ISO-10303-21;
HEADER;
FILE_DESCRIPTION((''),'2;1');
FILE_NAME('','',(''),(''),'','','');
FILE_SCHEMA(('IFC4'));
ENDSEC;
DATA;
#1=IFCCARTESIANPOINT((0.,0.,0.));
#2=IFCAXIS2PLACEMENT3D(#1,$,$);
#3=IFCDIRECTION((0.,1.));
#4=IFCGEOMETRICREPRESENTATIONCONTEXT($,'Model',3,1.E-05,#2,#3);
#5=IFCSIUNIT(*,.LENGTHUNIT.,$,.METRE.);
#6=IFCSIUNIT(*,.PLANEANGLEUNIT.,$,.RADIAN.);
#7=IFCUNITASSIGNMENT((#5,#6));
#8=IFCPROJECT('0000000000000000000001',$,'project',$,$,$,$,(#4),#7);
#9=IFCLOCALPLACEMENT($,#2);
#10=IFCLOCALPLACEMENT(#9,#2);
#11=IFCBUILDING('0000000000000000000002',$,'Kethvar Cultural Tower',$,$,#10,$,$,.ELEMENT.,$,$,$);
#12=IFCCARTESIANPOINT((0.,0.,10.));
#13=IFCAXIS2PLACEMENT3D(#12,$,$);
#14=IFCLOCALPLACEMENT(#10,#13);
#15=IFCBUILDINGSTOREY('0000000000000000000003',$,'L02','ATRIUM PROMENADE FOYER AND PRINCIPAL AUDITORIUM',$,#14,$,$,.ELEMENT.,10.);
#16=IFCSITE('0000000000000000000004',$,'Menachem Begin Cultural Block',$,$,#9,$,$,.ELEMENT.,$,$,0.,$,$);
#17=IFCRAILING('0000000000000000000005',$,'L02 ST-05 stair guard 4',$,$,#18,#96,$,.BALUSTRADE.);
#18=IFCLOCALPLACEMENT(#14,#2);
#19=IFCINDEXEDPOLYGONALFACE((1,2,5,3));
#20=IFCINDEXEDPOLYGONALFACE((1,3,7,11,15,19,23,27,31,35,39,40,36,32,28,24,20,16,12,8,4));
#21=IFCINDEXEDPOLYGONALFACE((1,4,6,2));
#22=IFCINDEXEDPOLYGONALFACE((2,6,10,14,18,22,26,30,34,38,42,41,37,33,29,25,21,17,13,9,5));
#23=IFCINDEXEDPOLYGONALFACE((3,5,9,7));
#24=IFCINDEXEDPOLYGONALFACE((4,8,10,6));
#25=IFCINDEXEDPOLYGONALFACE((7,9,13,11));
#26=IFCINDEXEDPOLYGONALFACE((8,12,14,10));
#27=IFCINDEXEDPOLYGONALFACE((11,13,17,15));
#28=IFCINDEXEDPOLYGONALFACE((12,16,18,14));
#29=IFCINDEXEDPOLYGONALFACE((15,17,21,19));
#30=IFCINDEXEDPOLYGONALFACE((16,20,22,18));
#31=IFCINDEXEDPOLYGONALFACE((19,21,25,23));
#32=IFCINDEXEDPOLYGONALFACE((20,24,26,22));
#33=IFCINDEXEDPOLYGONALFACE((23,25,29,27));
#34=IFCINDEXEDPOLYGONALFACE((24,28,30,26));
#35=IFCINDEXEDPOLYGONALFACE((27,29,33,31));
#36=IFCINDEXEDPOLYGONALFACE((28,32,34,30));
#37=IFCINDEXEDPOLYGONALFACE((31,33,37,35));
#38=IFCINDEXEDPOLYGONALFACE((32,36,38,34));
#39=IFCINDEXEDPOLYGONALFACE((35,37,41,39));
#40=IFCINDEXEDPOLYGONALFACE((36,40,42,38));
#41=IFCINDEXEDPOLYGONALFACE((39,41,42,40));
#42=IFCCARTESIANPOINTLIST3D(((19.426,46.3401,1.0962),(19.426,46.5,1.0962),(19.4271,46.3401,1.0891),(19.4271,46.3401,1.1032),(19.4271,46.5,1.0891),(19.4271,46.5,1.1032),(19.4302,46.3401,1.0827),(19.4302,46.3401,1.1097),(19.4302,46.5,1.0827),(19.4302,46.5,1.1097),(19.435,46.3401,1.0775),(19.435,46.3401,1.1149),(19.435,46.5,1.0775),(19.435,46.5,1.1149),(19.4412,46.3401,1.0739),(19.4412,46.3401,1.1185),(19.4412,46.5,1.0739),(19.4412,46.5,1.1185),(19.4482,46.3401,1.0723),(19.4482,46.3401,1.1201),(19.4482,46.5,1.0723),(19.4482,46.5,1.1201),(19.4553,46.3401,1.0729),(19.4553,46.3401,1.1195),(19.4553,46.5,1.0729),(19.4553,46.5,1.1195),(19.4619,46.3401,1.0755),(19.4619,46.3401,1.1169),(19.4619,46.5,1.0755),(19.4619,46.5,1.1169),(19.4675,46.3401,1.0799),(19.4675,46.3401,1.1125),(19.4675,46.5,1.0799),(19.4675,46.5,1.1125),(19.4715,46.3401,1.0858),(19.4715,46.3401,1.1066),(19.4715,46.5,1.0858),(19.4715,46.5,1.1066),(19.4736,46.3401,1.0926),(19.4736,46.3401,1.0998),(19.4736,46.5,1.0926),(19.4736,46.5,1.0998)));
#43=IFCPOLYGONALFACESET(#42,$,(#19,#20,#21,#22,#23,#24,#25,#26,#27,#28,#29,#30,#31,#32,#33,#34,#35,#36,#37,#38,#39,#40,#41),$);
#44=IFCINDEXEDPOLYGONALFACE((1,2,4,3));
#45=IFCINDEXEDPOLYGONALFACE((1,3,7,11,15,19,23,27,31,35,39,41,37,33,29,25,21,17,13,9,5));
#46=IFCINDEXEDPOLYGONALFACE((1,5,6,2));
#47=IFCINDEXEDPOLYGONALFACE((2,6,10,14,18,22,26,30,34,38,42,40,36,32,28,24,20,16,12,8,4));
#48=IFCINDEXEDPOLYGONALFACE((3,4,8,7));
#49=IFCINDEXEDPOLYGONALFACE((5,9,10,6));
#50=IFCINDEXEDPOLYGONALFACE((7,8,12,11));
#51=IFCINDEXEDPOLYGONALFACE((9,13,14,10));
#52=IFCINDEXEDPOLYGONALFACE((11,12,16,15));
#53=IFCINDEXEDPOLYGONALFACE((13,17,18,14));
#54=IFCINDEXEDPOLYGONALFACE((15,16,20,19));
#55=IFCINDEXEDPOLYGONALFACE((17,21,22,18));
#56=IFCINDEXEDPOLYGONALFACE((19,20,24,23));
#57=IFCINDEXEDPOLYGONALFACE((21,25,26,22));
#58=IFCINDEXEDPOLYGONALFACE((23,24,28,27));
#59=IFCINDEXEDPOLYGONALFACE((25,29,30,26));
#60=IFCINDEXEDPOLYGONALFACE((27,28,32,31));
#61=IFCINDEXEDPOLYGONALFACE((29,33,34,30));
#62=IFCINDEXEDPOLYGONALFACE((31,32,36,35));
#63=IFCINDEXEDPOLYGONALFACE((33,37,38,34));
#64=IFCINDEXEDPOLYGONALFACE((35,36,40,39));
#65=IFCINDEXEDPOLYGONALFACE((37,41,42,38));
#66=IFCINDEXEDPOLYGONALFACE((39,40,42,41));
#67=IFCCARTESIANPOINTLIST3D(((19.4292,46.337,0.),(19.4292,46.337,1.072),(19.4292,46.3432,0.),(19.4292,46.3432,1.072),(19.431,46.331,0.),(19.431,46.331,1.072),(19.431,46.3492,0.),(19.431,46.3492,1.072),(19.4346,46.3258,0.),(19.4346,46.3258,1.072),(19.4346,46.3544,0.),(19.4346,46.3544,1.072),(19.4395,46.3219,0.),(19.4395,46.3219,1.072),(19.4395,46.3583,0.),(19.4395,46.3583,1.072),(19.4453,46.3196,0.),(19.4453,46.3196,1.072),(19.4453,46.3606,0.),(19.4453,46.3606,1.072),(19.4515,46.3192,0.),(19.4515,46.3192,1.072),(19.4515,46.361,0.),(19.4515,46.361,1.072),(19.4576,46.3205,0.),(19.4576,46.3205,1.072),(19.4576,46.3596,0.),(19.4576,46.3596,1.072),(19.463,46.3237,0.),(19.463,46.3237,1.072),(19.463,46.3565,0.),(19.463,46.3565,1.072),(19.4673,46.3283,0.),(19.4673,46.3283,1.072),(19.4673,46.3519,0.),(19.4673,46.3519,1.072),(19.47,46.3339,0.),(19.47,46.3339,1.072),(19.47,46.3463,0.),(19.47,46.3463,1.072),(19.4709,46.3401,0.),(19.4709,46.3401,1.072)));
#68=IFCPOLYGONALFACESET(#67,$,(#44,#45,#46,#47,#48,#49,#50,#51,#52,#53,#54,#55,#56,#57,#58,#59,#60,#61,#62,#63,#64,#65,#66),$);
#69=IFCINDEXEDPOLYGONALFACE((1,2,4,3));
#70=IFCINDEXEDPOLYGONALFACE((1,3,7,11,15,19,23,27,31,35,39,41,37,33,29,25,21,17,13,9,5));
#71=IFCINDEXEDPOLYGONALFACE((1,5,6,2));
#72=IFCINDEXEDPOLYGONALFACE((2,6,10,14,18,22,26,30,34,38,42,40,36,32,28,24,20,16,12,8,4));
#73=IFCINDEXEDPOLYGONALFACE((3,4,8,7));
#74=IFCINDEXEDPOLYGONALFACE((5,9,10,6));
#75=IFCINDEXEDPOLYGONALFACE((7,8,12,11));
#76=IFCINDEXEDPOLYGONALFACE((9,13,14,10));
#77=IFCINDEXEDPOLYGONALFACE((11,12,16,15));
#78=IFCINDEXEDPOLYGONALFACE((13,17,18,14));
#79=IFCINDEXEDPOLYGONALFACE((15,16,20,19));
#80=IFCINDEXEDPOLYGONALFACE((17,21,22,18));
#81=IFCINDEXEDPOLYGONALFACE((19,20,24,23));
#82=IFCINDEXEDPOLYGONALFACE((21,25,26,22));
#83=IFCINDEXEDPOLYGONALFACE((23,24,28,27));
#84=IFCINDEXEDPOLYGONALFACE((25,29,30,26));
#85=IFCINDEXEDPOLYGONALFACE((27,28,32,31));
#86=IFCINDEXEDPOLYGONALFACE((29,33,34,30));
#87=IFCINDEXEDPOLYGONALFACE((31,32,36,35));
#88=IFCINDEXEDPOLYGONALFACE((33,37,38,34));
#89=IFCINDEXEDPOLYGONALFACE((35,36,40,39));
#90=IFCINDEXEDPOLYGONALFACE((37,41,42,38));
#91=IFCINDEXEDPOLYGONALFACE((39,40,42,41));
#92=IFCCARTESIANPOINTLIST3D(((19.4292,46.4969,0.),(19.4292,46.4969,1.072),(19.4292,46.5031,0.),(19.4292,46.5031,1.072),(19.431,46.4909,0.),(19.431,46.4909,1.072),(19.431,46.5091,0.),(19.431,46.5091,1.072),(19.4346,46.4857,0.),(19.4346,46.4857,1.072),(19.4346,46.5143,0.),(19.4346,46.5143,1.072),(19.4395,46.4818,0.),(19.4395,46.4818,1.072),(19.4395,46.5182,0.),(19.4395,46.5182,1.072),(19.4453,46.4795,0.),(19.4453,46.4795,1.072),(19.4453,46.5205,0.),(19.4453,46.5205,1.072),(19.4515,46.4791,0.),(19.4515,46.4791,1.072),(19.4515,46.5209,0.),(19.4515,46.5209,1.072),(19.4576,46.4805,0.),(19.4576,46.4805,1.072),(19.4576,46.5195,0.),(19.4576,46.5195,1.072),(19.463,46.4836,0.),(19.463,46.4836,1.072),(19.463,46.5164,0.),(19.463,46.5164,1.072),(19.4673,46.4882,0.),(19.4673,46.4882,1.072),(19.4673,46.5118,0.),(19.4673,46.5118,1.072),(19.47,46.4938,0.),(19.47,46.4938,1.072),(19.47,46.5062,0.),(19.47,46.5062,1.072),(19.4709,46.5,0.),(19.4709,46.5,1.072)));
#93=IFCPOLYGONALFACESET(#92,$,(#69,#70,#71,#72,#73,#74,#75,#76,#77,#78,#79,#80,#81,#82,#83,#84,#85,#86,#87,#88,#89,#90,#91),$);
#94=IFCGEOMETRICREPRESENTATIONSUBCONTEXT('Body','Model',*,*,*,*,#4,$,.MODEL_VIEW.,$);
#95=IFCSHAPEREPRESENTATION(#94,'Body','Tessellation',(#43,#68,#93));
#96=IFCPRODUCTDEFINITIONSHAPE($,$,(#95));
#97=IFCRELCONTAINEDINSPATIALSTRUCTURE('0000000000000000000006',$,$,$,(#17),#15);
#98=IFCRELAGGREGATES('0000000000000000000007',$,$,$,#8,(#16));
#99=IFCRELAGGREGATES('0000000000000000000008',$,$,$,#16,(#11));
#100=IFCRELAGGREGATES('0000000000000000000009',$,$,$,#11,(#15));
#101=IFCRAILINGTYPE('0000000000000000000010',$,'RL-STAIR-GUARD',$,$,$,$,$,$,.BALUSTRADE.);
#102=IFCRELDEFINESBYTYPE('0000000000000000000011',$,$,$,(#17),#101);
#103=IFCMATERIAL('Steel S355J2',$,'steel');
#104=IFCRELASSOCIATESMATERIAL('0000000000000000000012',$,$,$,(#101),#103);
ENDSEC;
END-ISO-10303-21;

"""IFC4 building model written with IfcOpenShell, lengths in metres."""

from ifc_helpers import new_model, si_unit, direction, frame, origin, origin_2d, place, context, subcontext, project, spatial, circle, extrude, material, type_object, element, save


model = new_model("IFC4")

# Units and contexts
model_context = context("Model", 3, precision=1e-05, world=origin(), true_north=direction((0.0, 1.0)))
body_context = subcontext(model_context, "Body", "Model", "MODEL_VIEW")
ifc_project = project(units=[si_unit("LENGTHUNIT", "METRE"), si_unit("PLANEANGLEUNIT", "RADIAN")], contexts=[model_context])

# Site, building, storey
site_placement = place(None, origin())
site = spatial("IfcSite", under=ifc_project, at=site_placement, Name="Menachem Begin Cultural Block", CompositionType="ELEMENT", RefElevation=0.0)
building_placement = place(site_placement, origin())
building = spatial("IfcBuilding", under=site, at=building_placement, Name="Kethvar Cultural Tower", CompositionType="ELEMENT")
storey_placement = place(building_placement, frame((0.0, 0.0, 10.0)))
storey = spatial("IfcBuildingStorey", under=building, at=storey_placement, Name="L02", Description="ATRIUM PROMENADE FOYER AND PRINCIPAL AUDITORIUM", CompositionType="ELEMENT", Elevation=10.0)

# Railing
ifc_material_1 = material(Name="Steel S355J2", Category="steel")
railing_type_1 = type_object("IfcRailingType", Name="RL-STAIR-GUARD", PredefinedType="BALUSTRADE", material=ifc_material_1)
railing_1_placement = place(storey_placement, frame((19.45, 46.3401, 0.0)))
element("IfcRailing", 1, at=railing_1_placement, inside=storey, type_object=railing_type_1, Name="L02 ST-05 stair guard 4", PredefinedType="BALUSTRADE", context=body_context, shape_type="SweptSolid", body=[
    extrude(circle(Radius=0.0239, at=origin_2d()), frame((0.0, 0.0, 1.0962), z_axis=(0.0, 1.0, 0.0), x_axis=(-1.0, 0.0, 0.0)), (0.0, 0.0, 1.0), 0.1599),
    extrude(circle(Radius=0.021, at=origin_2d()), origin(), (0.0, 0.0, 1.0), 1.072),
    extrude(circle(Radius=0.021, at=origin_2d()), frame((0.0, 0.1599, 0.0)), (0.0, 0.0, 1.0), 1.072),
])

save(model, "model.ifc")
